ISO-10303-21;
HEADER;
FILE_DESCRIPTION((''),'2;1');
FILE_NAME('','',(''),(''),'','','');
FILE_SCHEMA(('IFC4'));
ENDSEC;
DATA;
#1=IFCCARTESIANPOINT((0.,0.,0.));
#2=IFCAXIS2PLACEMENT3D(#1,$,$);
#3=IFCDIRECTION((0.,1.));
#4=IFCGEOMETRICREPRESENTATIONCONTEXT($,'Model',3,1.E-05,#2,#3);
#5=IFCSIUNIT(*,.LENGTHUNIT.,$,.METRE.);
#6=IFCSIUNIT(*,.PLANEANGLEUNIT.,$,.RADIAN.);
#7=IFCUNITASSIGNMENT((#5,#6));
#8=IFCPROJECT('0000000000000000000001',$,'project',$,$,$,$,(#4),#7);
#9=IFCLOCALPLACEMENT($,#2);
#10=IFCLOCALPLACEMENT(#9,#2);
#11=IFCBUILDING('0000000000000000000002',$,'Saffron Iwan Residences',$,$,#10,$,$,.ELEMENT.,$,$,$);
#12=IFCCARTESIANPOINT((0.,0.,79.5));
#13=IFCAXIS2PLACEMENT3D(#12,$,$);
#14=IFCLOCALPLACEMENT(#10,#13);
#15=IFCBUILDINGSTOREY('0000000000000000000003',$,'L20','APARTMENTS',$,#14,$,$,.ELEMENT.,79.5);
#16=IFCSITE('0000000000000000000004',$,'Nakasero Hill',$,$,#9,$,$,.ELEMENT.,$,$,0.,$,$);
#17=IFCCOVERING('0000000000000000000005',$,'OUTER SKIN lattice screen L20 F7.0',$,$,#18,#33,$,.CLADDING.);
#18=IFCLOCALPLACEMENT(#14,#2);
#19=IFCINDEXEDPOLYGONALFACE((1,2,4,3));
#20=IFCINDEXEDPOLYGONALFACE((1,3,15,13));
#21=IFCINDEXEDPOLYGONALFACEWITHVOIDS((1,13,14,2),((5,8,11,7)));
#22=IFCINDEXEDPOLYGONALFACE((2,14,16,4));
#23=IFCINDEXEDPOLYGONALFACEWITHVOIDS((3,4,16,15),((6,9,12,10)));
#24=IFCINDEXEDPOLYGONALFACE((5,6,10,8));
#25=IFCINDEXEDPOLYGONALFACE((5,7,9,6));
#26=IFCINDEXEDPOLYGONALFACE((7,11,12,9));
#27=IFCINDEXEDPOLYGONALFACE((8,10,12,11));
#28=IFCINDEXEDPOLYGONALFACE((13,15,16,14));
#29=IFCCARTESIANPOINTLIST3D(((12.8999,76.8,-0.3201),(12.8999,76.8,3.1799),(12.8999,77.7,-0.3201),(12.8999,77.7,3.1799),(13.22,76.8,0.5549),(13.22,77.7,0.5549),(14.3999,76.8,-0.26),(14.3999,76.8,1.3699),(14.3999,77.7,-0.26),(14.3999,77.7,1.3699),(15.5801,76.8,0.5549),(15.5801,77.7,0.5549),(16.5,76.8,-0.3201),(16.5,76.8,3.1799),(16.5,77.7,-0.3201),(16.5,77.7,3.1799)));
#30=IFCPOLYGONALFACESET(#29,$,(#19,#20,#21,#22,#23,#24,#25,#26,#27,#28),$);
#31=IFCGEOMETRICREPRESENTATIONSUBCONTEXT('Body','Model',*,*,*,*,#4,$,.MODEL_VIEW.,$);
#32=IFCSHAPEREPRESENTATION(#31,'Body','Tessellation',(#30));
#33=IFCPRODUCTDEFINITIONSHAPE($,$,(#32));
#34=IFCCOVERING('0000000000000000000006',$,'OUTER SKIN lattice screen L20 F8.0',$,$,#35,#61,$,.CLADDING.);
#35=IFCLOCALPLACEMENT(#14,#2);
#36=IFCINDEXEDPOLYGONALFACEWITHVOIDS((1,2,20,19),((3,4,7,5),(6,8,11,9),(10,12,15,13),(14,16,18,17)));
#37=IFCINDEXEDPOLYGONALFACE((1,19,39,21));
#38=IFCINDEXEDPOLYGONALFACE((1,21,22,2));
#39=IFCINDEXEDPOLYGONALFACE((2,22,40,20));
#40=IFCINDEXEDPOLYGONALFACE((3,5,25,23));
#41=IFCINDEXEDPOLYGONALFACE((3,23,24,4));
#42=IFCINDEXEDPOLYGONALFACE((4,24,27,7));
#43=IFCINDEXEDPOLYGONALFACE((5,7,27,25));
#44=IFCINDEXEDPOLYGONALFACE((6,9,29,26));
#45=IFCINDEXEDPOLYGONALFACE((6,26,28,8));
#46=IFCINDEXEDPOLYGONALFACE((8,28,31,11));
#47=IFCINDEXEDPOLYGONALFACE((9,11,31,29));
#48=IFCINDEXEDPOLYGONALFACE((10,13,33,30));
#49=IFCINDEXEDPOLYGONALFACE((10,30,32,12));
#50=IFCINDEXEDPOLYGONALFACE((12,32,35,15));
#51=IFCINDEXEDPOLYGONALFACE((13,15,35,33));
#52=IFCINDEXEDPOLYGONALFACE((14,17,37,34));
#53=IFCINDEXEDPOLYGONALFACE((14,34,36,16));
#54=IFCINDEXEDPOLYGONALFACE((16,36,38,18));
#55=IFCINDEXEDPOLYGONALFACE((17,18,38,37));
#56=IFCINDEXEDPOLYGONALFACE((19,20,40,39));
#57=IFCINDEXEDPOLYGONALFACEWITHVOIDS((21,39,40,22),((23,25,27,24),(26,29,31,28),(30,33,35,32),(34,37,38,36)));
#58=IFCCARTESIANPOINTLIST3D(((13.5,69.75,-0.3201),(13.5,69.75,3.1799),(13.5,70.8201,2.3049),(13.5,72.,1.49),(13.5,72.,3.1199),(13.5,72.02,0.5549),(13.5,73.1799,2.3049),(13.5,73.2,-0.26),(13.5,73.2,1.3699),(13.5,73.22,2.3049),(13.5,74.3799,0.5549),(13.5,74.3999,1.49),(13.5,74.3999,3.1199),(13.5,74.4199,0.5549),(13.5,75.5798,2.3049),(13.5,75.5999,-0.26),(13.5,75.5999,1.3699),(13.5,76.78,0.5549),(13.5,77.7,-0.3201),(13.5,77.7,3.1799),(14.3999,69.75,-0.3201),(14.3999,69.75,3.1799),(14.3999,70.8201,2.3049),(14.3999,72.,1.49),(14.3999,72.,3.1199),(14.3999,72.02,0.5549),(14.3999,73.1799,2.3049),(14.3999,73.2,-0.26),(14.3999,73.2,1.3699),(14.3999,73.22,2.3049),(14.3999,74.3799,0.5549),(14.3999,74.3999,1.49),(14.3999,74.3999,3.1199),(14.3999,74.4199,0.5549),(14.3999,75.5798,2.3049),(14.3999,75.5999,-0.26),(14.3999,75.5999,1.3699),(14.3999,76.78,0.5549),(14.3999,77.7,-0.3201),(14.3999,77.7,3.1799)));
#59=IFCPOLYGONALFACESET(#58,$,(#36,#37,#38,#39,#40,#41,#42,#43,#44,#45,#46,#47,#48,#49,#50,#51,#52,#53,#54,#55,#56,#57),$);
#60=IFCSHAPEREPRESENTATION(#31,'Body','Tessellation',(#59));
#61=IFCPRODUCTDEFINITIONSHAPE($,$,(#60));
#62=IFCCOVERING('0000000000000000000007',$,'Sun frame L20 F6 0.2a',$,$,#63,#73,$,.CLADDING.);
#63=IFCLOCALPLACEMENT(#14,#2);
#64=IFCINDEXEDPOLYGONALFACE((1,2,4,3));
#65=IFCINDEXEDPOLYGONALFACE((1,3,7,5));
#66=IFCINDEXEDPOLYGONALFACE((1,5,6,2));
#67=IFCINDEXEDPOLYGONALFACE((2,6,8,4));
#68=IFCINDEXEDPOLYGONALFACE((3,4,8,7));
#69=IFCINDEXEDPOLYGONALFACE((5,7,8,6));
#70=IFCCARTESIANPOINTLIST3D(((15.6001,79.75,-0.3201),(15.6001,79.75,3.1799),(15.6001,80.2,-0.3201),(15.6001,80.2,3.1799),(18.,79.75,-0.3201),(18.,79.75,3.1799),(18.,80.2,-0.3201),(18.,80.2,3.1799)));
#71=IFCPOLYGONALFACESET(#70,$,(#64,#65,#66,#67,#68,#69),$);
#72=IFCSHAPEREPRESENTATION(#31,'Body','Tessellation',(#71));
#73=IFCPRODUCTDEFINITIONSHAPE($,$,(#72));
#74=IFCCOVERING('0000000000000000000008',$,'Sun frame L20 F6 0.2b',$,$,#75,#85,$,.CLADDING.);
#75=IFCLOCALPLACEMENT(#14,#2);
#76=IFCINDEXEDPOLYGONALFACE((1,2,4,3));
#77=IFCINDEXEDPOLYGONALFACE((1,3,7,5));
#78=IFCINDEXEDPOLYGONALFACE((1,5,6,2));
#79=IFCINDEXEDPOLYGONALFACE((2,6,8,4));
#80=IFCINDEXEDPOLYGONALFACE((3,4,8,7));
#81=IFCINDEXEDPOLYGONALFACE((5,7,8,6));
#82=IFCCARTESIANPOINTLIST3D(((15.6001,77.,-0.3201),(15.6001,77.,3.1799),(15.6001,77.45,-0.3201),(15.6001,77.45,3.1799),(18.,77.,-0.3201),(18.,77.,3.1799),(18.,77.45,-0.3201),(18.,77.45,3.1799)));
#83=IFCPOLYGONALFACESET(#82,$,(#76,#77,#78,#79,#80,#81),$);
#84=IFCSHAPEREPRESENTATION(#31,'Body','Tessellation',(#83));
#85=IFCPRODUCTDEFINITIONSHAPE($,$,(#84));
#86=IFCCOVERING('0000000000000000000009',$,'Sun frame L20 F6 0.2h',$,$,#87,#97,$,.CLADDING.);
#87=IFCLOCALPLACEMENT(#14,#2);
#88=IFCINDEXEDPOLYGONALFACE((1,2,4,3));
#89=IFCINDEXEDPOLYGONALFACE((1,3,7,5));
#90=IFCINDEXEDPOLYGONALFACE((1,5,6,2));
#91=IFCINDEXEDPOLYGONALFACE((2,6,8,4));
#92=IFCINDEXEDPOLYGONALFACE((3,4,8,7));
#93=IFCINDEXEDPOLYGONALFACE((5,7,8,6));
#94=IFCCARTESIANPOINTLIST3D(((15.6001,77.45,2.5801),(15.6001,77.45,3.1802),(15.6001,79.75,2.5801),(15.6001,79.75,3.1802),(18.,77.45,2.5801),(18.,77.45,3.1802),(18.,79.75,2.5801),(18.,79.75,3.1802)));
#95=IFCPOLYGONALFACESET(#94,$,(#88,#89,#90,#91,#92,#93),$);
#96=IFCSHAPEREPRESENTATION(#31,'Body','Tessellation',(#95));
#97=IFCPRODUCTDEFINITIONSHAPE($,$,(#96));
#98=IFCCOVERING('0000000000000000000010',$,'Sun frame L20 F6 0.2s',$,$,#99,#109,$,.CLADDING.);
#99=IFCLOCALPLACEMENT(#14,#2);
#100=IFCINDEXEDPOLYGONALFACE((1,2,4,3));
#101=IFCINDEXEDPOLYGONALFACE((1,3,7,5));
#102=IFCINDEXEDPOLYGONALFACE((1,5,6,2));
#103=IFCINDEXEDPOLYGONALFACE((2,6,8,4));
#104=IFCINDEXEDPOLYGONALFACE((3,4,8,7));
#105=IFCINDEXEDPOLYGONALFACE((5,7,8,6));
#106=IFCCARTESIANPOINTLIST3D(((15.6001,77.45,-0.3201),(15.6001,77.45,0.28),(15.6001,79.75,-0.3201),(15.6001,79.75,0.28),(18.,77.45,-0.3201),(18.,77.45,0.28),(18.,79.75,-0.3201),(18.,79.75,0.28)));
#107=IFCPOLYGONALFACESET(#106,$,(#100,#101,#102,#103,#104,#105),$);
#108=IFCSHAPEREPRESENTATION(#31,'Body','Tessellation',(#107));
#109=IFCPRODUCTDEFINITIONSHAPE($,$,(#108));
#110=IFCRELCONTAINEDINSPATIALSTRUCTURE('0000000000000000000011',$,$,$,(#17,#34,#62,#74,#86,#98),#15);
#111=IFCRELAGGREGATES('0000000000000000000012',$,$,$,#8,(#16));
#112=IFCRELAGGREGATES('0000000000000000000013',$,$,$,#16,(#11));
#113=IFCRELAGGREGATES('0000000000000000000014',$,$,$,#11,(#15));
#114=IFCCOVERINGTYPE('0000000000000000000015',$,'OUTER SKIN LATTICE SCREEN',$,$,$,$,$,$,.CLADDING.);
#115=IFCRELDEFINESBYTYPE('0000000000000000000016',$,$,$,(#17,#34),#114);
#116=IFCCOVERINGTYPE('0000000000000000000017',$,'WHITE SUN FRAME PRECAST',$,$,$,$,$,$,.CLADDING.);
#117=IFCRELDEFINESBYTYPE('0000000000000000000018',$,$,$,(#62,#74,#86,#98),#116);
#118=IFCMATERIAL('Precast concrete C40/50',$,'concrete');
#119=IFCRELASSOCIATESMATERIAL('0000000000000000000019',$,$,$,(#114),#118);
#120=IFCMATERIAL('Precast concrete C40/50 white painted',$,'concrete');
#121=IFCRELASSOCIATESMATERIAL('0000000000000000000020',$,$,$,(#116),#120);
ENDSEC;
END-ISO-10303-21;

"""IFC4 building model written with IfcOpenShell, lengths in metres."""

from ifc_helpers import new_model, si_unit, direction, frame, origin, place, context, subcontext, project, spatial, polyline, outline, extrude, material, type_object, element, save


model = new_model("IFC4")

# Units and contexts
model_context = context("Model", 3, precision=1e-05, world=origin(), true_north=direction((0.0, 1.0)))
body_context = subcontext(model_context, "Body", "Model", "MODEL_VIEW")
ifc_project = project(units=[si_unit("LENGTHUNIT", "METRE"), si_unit("PLANEANGLEUNIT", "RADIAN")], contexts=[model_context])

# Site, building, storey
site_placement = place(None, origin())
site = spatial("IfcSite", under=ifc_project, at=site_placement, Name="Nakasero Hill", CompositionType="ELEMENT", RefElevation=0.0)
building_placement = place(site_placement, origin())
building = spatial("IfcBuilding", under=site, at=building_placement, Name="Saffron Iwan Residences", CompositionType="ELEMENT")
storey_placement = place(building_placement, frame((0.0, 0.0, 79.5)))
storey = spatial("IfcBuildingStorey", under=building, at=storey_placement, Name="L20", Description="APARTMENTS", CompositionType="ELEMENT", Elevation=79.5)

# Coverings
ifc_material_1 = material(Name="Precast concrete C40/50", Category="concrete")
covering_type_1 = type_object("IfcCoveringType", Name="OUTER SKIN LATTICE SCREEN", PredefinedType="CLADDING", material=ifc_material_1)
covering_1_placement = place(storey_placement, frame((16.5, 76.8, -0.3201), z_axis=(0.0, 1.0, 0.0), x_axis=(-1.0, 0.0, 0.0)))
element("IfcCovering", 1, at=covering_1_placement, inside=storey, type_object=covering_type_1, Name="OUTER SKIN lattice screen L20 F7.0", PredefinedType="CLADDING", context=body_context, shape_type="SweptSolid", body=[
    extrude(outline(polyline([(0.0, 0.0), (3.6001, 0.0), (3.6001, 3.5), (0.0, 3.5), (0.0, 0.0)]), holes=[polyline([(0.9199, 0.875), (2.1001, 0.0601), (3.28, 0.875), (2.1001, 1.6899), (0.9199, 0.875)])]), origin(), (0.0, 0.0, 1.0), 0.8999),
])
covering_2_placement = place(storey_placement, frame((14.3999, 77.7, -0.3201), z_axis=(-1.0, 0.0, 0.0), x_axis=(0.0, -1.0, 0.0)))
element("IfcCovering", 2, at=covering_2_placement, inside=storey, type_object=covering_type_1, Name="OUTER SKIN lattice screen L20 F8.0", PredefinedType="CLADDING", context=body_context, shape_type="SweptSolid", body=[
    extrude(outline(polyline([(0.0, 0.0), (7.95, 0.0), (7.95, 3.5), (0.0, 3.5), (0.0, 0.0)]), holes=[polyline([(0.9199, 0.875), (2.1001, 0.0601), (3.28, 0.875), (2.1001, 1.6899), (0.9199, 0.875)]), polyline([(3.3201, 0.875), (4.5, 0.0601), (5.6799, 0.875), (4.5, 1.6899), (3.3201, 0.875)]), polyline([(2.1201, 2.625), (3.3, 1.8101), (4.48, 2.625), (3.3, 3.4399), (2.1201, 2.625)]), polyline([(4.52, 2.625), (5.7, 1.8101), (6.8799, 2.625), (5.7, 3.4399), (4.52, 2.625)])]), origin(), (0.0, 0.0, 1.0), 0.8999),
])
ifc_material_2 = material(Name="Precast concrete C40/50 white painted", Category="concrete")
covering_type_2 = type_object("IfcCoveringType", Name="WHITE SUN FRAME PRECAST", PredefinedType="CLADDING", material=ifc_material_2)
for number, where, z_axis, x_axis, name in (
    (3, (18.0, 80.2, -0.3201), (-1.0, 0.0, 0.0), (0.0, -1.0, 0.0), "Sun frame L20 F6 0.2a"),
    (4, (18.0, 77.45, -0.3201), (-1.0, 0.0, 0.0), (0.0, -1.0, 0.0), "Sun frame L20 F6 0.2b"),
):
    element("IfcCovering", number, at=place(storey_placement, frame(where, z_axis=z_axis, x_axis=x_axis)), inside=storey, type_object=covering_type_2, Name=name, PredefinedType="CLADDING", context=body_context, shape_type="SweptSolid", body=[
        extrude(outline(polyline([(0.0, 0.0), (0.45, 0.0), (0.45, 3.5), (0.0, 3.5), (0.0, 0.0)])), origin(), (0.0, 0.0, 1.0), 2.3999),
    ])
for number, where, z_axis, x_axis, name in (
    (5, (18.0, 79.75, 2.5801), (-1.0, 0.0, 0.0), (0.0, -1.0, 0.0), "Sun frame L20 F6 0.2h"),
    (6, (18.0, 79.75, -0.3201), (-1.0, 0.0, 0.0), (0.0, -1.0, 0.0), "Sun frame L20 F6 0.2s"),
):
    element("IfcCovering", number, at=place(storey_placement, frame(where, z_axis=z_axis, x_axis=x_axis)), inside=storey, type_object=covering_type_2, Name=name, PredefinedType="CLADDING", context=body_context, shape_type="SweptSolid", body=[
        extrude(outline(polyline([(0.0, 0.0), (2.3, 0.0), (2.3, 0.6001), (0.0, 0.6001), (0.0, 0.0)])), origin(), (0.0, 0.0, 1.0), 2.3999),
    ])

save(model, "model.ifc")
